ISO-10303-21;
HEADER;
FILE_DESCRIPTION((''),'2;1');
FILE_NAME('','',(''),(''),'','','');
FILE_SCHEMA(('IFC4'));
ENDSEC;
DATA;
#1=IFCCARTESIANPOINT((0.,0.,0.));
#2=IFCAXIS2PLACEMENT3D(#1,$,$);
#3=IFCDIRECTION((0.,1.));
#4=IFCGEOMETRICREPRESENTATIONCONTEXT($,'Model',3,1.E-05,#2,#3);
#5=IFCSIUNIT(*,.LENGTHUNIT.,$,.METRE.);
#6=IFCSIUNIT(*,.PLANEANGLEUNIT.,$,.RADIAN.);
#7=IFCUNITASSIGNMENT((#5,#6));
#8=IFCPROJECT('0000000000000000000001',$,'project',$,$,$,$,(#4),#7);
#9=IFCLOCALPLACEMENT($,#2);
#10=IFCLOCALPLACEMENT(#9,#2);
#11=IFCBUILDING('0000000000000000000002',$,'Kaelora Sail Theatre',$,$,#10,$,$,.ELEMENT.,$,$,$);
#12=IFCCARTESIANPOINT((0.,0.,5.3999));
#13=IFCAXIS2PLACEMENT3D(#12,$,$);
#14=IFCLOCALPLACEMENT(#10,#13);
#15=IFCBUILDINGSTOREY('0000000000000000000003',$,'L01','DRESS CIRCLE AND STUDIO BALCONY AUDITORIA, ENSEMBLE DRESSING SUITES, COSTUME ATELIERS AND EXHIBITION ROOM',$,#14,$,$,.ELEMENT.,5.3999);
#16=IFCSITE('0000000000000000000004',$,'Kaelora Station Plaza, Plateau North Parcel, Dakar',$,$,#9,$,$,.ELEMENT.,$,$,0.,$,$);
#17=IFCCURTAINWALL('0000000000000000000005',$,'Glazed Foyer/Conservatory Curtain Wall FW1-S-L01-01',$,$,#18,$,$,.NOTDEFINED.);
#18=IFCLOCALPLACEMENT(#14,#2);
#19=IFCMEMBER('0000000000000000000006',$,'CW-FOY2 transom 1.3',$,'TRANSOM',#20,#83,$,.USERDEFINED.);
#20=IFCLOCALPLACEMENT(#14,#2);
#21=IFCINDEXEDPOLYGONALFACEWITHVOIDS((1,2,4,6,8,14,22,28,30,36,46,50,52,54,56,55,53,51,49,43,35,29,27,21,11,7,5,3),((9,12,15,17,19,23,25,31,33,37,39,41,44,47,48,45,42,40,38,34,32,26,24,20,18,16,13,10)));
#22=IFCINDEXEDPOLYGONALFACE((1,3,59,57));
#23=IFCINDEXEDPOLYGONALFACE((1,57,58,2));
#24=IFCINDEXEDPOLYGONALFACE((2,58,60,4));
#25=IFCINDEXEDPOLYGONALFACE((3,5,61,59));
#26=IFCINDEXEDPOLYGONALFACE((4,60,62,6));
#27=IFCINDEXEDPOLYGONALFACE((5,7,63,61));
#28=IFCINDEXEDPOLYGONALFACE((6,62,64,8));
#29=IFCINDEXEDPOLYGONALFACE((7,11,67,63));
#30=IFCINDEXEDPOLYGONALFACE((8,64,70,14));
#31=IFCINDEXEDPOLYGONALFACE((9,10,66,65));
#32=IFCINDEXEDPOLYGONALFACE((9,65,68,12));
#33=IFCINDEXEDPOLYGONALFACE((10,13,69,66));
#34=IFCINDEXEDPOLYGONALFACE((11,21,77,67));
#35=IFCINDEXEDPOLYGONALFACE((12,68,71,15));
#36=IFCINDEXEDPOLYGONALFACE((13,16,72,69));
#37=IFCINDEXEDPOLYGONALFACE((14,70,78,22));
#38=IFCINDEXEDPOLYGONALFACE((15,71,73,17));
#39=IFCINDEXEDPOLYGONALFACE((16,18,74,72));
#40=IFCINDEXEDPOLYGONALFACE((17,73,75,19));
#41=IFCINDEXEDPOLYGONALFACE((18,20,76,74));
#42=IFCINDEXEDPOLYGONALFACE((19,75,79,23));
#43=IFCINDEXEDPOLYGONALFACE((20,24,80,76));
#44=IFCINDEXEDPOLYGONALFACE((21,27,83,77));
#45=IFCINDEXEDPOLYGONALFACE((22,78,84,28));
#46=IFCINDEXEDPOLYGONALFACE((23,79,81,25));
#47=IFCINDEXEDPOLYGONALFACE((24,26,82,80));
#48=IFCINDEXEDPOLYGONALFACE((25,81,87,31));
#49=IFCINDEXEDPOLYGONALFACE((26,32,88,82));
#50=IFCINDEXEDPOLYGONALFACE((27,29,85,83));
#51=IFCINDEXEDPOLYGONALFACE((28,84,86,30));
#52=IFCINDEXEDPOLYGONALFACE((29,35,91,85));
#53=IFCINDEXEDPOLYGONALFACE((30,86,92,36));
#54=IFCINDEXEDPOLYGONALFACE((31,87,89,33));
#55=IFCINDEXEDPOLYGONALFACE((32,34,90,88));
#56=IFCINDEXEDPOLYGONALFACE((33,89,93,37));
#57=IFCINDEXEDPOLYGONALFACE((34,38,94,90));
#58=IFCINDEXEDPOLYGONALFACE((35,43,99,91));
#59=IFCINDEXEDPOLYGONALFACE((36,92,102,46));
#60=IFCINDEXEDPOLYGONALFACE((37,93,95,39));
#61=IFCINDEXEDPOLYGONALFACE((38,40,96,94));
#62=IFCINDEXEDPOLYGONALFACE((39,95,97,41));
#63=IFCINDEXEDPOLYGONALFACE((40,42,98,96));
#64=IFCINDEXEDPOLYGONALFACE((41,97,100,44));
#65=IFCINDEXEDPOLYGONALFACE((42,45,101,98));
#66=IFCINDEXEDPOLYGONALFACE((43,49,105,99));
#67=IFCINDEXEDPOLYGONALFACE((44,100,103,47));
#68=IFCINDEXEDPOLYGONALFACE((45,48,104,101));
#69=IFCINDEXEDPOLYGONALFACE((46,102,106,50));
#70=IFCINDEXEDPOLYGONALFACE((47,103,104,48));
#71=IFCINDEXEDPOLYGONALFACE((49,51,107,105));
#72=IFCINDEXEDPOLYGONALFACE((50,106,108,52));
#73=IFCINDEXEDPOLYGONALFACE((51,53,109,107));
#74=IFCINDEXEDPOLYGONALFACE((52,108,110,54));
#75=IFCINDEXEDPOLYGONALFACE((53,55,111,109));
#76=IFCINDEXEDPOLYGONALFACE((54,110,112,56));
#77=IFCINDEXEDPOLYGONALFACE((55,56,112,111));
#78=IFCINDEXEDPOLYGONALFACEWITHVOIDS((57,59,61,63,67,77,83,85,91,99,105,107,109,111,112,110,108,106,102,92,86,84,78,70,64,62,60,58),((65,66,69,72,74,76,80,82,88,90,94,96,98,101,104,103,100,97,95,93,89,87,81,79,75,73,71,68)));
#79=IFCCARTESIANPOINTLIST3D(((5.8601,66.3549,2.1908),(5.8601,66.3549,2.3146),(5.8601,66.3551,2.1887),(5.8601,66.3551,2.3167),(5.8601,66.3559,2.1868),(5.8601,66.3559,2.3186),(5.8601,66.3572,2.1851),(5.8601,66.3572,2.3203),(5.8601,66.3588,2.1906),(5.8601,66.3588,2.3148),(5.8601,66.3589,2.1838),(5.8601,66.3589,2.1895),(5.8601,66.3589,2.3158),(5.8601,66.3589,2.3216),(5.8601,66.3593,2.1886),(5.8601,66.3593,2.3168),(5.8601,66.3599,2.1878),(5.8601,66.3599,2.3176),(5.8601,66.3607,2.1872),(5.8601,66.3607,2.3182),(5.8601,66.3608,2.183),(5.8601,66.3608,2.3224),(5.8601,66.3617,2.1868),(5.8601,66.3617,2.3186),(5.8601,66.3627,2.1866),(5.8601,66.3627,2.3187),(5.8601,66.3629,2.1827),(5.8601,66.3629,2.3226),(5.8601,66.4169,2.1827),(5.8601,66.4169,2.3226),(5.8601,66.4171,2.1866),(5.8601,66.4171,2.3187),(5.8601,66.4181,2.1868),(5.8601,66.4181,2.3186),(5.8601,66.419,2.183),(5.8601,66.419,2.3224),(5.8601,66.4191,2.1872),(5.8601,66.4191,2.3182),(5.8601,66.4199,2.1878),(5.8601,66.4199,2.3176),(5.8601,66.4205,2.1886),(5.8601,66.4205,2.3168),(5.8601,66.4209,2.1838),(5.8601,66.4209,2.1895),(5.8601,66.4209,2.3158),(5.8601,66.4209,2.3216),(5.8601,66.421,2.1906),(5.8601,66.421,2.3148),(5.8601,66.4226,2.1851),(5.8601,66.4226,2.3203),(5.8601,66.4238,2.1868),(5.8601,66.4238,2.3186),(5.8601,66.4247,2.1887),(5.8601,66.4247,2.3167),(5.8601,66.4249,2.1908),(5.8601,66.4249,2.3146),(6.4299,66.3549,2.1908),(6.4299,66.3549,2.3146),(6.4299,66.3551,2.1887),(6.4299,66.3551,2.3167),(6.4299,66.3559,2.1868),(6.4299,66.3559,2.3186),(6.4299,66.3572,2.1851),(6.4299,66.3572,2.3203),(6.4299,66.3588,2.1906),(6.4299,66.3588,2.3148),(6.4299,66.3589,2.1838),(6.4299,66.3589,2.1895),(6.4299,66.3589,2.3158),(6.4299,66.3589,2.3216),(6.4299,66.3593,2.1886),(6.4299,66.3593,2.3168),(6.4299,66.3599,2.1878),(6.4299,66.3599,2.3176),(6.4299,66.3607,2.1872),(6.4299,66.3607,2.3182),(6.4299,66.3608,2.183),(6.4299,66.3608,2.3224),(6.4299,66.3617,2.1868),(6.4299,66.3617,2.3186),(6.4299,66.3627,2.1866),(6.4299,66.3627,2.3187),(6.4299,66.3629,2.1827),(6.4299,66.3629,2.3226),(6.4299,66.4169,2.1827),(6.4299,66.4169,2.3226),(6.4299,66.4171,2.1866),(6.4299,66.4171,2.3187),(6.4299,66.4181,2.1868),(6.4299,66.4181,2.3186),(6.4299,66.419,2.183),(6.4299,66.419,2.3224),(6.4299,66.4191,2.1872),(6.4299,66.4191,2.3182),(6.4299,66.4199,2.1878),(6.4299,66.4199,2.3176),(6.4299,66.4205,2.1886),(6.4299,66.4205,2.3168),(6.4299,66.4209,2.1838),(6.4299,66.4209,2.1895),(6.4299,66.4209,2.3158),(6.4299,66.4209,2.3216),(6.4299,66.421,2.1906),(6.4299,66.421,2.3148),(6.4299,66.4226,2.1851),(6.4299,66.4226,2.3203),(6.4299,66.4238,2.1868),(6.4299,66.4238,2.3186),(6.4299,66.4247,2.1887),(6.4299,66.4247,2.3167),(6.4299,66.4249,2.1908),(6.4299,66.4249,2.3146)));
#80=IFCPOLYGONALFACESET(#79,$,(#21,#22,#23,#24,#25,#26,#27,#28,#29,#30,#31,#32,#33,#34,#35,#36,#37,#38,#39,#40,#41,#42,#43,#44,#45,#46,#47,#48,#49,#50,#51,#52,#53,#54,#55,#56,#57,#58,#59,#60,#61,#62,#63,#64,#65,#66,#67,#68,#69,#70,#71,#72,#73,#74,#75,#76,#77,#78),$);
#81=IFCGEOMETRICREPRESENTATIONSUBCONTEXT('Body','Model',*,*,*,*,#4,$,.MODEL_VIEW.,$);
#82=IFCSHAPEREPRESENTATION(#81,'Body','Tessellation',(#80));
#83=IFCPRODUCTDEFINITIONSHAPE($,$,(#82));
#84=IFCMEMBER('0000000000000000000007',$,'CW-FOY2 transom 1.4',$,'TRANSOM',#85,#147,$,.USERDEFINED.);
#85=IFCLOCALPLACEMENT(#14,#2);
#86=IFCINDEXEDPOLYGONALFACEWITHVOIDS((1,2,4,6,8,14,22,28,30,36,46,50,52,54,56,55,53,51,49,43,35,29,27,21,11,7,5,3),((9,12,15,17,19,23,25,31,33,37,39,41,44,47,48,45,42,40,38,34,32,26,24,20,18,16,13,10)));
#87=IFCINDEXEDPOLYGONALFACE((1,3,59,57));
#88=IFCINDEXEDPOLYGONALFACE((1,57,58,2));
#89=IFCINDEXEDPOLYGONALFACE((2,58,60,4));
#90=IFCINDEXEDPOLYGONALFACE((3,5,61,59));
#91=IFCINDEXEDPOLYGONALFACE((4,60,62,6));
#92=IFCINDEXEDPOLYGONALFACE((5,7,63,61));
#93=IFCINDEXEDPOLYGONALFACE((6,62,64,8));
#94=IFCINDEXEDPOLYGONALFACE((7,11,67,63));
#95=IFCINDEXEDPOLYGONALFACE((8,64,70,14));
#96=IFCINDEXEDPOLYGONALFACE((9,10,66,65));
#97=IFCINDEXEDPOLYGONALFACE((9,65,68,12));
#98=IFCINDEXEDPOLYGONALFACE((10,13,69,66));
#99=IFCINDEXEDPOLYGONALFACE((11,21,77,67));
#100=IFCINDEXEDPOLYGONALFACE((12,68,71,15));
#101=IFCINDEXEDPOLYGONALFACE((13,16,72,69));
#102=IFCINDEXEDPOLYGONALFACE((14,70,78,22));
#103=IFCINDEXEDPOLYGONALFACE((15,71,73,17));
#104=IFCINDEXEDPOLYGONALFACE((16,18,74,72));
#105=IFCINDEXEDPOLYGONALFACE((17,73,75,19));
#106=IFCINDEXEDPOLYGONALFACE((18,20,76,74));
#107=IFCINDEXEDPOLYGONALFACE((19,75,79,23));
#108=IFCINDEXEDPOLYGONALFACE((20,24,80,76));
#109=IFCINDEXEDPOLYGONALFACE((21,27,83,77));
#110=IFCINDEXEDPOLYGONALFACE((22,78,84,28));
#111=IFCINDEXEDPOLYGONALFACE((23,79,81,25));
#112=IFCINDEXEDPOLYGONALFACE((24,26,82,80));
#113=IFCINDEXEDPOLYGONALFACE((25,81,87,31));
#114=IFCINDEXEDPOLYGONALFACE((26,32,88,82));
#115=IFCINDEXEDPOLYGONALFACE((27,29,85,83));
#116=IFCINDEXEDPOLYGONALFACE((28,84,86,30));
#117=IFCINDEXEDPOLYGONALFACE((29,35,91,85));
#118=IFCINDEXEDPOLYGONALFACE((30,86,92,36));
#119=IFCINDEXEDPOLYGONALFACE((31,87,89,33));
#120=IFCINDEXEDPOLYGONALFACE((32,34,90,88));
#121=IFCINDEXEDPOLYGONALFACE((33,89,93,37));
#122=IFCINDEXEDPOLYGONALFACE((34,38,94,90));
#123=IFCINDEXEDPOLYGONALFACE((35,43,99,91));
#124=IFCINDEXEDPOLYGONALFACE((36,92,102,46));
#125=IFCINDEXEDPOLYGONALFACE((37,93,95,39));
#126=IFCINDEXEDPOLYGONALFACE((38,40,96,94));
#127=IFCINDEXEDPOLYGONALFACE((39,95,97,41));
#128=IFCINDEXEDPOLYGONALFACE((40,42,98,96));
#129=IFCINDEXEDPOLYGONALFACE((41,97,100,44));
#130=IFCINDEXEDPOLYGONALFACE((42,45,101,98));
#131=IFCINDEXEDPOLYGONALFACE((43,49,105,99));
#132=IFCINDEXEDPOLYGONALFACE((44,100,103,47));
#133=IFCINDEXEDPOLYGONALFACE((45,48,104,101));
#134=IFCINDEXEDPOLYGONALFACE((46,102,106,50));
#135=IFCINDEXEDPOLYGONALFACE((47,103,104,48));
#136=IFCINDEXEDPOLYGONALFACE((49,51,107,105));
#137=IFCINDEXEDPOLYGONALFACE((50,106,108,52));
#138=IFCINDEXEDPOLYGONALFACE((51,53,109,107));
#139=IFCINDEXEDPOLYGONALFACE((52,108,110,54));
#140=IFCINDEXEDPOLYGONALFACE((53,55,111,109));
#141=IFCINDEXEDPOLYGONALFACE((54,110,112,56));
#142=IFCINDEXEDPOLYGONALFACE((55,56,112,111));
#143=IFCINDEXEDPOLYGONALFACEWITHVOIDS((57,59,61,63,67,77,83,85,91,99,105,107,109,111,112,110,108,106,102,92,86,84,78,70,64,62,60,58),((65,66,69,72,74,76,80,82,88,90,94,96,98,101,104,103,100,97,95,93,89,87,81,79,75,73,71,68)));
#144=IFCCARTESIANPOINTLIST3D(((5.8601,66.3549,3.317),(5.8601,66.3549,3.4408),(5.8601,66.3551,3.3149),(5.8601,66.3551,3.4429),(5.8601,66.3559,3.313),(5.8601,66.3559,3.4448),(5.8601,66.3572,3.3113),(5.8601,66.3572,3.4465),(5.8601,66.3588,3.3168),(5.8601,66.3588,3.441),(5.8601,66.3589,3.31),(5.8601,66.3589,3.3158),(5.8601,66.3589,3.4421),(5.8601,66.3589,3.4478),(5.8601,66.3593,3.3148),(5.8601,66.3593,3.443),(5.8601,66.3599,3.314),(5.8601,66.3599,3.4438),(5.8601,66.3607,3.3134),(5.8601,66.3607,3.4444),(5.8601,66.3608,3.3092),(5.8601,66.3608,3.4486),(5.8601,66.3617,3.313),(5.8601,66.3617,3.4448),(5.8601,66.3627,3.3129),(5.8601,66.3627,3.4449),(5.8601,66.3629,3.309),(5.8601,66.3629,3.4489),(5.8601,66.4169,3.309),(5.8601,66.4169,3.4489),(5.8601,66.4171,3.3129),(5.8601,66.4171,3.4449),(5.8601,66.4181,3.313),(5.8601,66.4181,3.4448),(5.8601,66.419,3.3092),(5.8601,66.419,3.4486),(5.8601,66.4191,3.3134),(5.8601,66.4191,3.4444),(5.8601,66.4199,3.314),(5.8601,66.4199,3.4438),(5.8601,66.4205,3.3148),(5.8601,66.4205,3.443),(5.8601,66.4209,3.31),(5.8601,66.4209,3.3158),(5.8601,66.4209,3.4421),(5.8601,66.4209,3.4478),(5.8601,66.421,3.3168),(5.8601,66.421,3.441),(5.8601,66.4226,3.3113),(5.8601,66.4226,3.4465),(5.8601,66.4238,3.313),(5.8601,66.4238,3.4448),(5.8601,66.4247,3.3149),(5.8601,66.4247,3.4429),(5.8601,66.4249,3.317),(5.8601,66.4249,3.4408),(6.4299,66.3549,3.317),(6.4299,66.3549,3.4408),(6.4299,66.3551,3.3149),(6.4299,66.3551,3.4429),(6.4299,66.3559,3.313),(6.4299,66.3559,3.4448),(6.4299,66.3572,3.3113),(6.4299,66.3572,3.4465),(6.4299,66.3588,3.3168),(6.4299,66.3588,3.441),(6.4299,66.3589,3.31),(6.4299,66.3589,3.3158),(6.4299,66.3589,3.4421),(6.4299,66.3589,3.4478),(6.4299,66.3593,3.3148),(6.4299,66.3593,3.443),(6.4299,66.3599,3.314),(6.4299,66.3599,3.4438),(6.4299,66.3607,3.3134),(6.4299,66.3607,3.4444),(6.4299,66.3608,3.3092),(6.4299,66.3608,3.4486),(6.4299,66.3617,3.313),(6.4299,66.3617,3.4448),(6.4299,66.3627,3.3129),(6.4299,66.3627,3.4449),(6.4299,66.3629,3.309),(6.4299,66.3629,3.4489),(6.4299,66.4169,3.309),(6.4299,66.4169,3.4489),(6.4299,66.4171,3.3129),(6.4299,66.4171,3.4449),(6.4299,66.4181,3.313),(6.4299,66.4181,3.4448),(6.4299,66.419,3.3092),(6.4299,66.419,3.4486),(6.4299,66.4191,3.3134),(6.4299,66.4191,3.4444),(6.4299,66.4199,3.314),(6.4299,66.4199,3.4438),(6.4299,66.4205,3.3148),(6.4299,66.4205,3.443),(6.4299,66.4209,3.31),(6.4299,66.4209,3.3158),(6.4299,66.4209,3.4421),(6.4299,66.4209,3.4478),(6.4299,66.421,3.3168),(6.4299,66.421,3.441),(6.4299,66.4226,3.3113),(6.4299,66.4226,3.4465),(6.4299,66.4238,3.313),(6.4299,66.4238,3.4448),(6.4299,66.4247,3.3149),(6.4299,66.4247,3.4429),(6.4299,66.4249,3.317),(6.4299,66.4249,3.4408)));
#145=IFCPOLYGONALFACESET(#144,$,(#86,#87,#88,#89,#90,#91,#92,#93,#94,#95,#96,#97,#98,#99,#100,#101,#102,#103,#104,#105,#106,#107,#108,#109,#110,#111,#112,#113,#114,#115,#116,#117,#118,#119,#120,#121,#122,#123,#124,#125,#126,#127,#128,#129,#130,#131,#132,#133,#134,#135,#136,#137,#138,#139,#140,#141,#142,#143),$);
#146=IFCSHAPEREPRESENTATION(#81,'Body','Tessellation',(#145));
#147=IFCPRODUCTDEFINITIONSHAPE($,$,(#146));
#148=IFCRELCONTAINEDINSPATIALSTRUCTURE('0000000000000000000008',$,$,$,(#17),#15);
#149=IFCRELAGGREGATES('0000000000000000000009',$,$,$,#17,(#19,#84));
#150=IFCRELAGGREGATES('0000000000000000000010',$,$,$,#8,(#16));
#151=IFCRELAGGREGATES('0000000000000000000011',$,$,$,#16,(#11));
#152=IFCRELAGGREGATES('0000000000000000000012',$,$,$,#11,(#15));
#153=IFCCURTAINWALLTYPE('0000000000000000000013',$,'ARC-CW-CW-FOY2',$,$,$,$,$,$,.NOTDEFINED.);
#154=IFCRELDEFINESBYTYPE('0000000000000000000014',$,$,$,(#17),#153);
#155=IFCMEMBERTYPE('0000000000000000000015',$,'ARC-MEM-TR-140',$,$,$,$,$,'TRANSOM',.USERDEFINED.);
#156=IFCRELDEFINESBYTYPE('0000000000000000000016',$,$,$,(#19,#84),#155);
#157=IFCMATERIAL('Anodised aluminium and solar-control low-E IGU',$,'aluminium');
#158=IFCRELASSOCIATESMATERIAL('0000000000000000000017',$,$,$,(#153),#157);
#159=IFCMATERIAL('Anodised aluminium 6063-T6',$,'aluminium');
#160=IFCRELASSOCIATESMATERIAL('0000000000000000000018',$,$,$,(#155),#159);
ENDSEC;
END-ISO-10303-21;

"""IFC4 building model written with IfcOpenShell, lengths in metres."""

from ifc_helpers import new_model, si_unit, direction, frame, origin, origin_2d, place, context, subcontext, project, spatial, hollow_rectangle, extrude, material, material_profile, profile_set, type_object, element, aggregate, save


model = new_model("IFC4")

# Units and contexts
model_context = context("Model", 3, precision=1e-05, world=origin(), true_north=direction((0.0, 1.0)))
body_context = subcontext(model_context, "Body", "Model", "MODEL_VIEW")
ifc_project = project(units=[si_unit("LENGTHUNIT", "METRE"), si_unit("PLANEANGLEUNIT", "RADIAN")], contexts=[model_context])

# Site, building, storey
site_placement = place(None, origin())
site = spatial("IfcSite", under=ifc_project, at=site_placement, Name="Kaelora Station Plaza, Plateau North Parcel, Dakar", CompositionType="ELEMENT", RefElevation=0.0)
building_placement = place(site_placement, origin())
building = spatial("IfcBuilding", under=site, at=building_placement, Name="Kaelora Sail Theatre", CompositionType="ELEMENT")
storey_placement = place(building_placement, frame((0.0, 0.0, 5.3999)))
storey = spatial("IfcBuildingStorey", under=building, at=storey_placement, Name="L01", Description="DRESS CIRCLE AND STUDIO BALCONY AUDITORIA, ENSEMBLE DRESSING SUITES, COSTUME ATELIERS AND EXHIBITION ROOM", CompositionType="ELEMENT", Elevation=5.3999)

# Curtain wall, members
ifc_material_1 = material(Name="Anodised aluminium and solar-control low-E IGU", Category="aluminium")
curtain_wall_type = type_object("IfcCurtainWallType", Name="ARC-CW-CW-FOY2", PredefinedType="NOTDEFINED", material=ifc_material_1)
curtain_wall_placement = place(storey_placement, origin())
curtain_wall = element("IfcCurtainWall", 1, at=curtain_wall_placement, inside=storey, type_object=curtain_wall_type, Name="Glazed Foyer/Conservatory Curtain Wall FW1-S-L01-01", PredefinedType="NOTDEFINED")
ifc_material_2 = material(Name="Anodised aluminium 6063-T6", Category="aluminium")
ifc_material_profile_1 = material_profile(ifc_material_2, hollow_rectangle(XDim=0.0701, YDim=0.1399, WallThickness=0.0039, InnerFilletRadius=0.0039, OuterFilletRadius=0.0081, at=origin_2d()), Name="ALU-TRAN 70x140x4")
ifc_profile_set_1 = profile_set([ifc_material_profile_1], Name="Anodised aluminium 6063-T6")
member_type_1 = type_object("IfcMemberType", Name="ARC-MEM-TR-140", ElementType="TRANSOM", PredefinedType="USERDEFINED", material=ifc_profile_set_1)
member_1_placement = place(storey_placement, frame((5.8601, 66.3899, 2.2527), z_axis=(1.0, 0.0, 0.0), x_axis=(0.0, 1.0, 0.0)))
member_1 = element("IfcMember", 2, at=member_1_placement, type_object=member_type_1, Name="CW-FOY2 transom 1.3", ObjectType="TRANSOM", PredefinedType="USERDEFINED", context=body_context, shape_type="SweptSolid", body=[
    extrude(hollow_rectangle(XDim=0.0701, YDim=0.1399, WallThickness=0.0039, InnerFilletRadius=0.0039, OuterFilletRadius=0.0081, at=origin_2d()), origin(), (0.0, 0.0, 1.0), 0.5698),
])
member_2_placement = place(storey_placement, frame((5.8601, 66.3899, 3.3789), z_axis=(1.0, 0.0, 0.0), x_axis=(0.0, 1.0, 0.0)))
member_2 = element("IfcMember", 3, at=member_2_placement, type_object=member_type_1, Name="CW-FOY2 transom 1.4", ObjectType="TRANSOM", PredefinedType="USERDEFINED", context=body_context, shape_type="SweptSolid", body=[
    extrude(hollow_rectangle(XDim=0.0701, YDim=0.1399, WallThickness=0.0039, InnerFilletRadius=0.0039, OuterFilletRadius=0.0081, at=origin_2d()), origin(), (0.0, 0.0, 1.0), 0.5698),
])

aggregate(curtain_wall, [member_1, member_2])

save(model, "model.ifc")
